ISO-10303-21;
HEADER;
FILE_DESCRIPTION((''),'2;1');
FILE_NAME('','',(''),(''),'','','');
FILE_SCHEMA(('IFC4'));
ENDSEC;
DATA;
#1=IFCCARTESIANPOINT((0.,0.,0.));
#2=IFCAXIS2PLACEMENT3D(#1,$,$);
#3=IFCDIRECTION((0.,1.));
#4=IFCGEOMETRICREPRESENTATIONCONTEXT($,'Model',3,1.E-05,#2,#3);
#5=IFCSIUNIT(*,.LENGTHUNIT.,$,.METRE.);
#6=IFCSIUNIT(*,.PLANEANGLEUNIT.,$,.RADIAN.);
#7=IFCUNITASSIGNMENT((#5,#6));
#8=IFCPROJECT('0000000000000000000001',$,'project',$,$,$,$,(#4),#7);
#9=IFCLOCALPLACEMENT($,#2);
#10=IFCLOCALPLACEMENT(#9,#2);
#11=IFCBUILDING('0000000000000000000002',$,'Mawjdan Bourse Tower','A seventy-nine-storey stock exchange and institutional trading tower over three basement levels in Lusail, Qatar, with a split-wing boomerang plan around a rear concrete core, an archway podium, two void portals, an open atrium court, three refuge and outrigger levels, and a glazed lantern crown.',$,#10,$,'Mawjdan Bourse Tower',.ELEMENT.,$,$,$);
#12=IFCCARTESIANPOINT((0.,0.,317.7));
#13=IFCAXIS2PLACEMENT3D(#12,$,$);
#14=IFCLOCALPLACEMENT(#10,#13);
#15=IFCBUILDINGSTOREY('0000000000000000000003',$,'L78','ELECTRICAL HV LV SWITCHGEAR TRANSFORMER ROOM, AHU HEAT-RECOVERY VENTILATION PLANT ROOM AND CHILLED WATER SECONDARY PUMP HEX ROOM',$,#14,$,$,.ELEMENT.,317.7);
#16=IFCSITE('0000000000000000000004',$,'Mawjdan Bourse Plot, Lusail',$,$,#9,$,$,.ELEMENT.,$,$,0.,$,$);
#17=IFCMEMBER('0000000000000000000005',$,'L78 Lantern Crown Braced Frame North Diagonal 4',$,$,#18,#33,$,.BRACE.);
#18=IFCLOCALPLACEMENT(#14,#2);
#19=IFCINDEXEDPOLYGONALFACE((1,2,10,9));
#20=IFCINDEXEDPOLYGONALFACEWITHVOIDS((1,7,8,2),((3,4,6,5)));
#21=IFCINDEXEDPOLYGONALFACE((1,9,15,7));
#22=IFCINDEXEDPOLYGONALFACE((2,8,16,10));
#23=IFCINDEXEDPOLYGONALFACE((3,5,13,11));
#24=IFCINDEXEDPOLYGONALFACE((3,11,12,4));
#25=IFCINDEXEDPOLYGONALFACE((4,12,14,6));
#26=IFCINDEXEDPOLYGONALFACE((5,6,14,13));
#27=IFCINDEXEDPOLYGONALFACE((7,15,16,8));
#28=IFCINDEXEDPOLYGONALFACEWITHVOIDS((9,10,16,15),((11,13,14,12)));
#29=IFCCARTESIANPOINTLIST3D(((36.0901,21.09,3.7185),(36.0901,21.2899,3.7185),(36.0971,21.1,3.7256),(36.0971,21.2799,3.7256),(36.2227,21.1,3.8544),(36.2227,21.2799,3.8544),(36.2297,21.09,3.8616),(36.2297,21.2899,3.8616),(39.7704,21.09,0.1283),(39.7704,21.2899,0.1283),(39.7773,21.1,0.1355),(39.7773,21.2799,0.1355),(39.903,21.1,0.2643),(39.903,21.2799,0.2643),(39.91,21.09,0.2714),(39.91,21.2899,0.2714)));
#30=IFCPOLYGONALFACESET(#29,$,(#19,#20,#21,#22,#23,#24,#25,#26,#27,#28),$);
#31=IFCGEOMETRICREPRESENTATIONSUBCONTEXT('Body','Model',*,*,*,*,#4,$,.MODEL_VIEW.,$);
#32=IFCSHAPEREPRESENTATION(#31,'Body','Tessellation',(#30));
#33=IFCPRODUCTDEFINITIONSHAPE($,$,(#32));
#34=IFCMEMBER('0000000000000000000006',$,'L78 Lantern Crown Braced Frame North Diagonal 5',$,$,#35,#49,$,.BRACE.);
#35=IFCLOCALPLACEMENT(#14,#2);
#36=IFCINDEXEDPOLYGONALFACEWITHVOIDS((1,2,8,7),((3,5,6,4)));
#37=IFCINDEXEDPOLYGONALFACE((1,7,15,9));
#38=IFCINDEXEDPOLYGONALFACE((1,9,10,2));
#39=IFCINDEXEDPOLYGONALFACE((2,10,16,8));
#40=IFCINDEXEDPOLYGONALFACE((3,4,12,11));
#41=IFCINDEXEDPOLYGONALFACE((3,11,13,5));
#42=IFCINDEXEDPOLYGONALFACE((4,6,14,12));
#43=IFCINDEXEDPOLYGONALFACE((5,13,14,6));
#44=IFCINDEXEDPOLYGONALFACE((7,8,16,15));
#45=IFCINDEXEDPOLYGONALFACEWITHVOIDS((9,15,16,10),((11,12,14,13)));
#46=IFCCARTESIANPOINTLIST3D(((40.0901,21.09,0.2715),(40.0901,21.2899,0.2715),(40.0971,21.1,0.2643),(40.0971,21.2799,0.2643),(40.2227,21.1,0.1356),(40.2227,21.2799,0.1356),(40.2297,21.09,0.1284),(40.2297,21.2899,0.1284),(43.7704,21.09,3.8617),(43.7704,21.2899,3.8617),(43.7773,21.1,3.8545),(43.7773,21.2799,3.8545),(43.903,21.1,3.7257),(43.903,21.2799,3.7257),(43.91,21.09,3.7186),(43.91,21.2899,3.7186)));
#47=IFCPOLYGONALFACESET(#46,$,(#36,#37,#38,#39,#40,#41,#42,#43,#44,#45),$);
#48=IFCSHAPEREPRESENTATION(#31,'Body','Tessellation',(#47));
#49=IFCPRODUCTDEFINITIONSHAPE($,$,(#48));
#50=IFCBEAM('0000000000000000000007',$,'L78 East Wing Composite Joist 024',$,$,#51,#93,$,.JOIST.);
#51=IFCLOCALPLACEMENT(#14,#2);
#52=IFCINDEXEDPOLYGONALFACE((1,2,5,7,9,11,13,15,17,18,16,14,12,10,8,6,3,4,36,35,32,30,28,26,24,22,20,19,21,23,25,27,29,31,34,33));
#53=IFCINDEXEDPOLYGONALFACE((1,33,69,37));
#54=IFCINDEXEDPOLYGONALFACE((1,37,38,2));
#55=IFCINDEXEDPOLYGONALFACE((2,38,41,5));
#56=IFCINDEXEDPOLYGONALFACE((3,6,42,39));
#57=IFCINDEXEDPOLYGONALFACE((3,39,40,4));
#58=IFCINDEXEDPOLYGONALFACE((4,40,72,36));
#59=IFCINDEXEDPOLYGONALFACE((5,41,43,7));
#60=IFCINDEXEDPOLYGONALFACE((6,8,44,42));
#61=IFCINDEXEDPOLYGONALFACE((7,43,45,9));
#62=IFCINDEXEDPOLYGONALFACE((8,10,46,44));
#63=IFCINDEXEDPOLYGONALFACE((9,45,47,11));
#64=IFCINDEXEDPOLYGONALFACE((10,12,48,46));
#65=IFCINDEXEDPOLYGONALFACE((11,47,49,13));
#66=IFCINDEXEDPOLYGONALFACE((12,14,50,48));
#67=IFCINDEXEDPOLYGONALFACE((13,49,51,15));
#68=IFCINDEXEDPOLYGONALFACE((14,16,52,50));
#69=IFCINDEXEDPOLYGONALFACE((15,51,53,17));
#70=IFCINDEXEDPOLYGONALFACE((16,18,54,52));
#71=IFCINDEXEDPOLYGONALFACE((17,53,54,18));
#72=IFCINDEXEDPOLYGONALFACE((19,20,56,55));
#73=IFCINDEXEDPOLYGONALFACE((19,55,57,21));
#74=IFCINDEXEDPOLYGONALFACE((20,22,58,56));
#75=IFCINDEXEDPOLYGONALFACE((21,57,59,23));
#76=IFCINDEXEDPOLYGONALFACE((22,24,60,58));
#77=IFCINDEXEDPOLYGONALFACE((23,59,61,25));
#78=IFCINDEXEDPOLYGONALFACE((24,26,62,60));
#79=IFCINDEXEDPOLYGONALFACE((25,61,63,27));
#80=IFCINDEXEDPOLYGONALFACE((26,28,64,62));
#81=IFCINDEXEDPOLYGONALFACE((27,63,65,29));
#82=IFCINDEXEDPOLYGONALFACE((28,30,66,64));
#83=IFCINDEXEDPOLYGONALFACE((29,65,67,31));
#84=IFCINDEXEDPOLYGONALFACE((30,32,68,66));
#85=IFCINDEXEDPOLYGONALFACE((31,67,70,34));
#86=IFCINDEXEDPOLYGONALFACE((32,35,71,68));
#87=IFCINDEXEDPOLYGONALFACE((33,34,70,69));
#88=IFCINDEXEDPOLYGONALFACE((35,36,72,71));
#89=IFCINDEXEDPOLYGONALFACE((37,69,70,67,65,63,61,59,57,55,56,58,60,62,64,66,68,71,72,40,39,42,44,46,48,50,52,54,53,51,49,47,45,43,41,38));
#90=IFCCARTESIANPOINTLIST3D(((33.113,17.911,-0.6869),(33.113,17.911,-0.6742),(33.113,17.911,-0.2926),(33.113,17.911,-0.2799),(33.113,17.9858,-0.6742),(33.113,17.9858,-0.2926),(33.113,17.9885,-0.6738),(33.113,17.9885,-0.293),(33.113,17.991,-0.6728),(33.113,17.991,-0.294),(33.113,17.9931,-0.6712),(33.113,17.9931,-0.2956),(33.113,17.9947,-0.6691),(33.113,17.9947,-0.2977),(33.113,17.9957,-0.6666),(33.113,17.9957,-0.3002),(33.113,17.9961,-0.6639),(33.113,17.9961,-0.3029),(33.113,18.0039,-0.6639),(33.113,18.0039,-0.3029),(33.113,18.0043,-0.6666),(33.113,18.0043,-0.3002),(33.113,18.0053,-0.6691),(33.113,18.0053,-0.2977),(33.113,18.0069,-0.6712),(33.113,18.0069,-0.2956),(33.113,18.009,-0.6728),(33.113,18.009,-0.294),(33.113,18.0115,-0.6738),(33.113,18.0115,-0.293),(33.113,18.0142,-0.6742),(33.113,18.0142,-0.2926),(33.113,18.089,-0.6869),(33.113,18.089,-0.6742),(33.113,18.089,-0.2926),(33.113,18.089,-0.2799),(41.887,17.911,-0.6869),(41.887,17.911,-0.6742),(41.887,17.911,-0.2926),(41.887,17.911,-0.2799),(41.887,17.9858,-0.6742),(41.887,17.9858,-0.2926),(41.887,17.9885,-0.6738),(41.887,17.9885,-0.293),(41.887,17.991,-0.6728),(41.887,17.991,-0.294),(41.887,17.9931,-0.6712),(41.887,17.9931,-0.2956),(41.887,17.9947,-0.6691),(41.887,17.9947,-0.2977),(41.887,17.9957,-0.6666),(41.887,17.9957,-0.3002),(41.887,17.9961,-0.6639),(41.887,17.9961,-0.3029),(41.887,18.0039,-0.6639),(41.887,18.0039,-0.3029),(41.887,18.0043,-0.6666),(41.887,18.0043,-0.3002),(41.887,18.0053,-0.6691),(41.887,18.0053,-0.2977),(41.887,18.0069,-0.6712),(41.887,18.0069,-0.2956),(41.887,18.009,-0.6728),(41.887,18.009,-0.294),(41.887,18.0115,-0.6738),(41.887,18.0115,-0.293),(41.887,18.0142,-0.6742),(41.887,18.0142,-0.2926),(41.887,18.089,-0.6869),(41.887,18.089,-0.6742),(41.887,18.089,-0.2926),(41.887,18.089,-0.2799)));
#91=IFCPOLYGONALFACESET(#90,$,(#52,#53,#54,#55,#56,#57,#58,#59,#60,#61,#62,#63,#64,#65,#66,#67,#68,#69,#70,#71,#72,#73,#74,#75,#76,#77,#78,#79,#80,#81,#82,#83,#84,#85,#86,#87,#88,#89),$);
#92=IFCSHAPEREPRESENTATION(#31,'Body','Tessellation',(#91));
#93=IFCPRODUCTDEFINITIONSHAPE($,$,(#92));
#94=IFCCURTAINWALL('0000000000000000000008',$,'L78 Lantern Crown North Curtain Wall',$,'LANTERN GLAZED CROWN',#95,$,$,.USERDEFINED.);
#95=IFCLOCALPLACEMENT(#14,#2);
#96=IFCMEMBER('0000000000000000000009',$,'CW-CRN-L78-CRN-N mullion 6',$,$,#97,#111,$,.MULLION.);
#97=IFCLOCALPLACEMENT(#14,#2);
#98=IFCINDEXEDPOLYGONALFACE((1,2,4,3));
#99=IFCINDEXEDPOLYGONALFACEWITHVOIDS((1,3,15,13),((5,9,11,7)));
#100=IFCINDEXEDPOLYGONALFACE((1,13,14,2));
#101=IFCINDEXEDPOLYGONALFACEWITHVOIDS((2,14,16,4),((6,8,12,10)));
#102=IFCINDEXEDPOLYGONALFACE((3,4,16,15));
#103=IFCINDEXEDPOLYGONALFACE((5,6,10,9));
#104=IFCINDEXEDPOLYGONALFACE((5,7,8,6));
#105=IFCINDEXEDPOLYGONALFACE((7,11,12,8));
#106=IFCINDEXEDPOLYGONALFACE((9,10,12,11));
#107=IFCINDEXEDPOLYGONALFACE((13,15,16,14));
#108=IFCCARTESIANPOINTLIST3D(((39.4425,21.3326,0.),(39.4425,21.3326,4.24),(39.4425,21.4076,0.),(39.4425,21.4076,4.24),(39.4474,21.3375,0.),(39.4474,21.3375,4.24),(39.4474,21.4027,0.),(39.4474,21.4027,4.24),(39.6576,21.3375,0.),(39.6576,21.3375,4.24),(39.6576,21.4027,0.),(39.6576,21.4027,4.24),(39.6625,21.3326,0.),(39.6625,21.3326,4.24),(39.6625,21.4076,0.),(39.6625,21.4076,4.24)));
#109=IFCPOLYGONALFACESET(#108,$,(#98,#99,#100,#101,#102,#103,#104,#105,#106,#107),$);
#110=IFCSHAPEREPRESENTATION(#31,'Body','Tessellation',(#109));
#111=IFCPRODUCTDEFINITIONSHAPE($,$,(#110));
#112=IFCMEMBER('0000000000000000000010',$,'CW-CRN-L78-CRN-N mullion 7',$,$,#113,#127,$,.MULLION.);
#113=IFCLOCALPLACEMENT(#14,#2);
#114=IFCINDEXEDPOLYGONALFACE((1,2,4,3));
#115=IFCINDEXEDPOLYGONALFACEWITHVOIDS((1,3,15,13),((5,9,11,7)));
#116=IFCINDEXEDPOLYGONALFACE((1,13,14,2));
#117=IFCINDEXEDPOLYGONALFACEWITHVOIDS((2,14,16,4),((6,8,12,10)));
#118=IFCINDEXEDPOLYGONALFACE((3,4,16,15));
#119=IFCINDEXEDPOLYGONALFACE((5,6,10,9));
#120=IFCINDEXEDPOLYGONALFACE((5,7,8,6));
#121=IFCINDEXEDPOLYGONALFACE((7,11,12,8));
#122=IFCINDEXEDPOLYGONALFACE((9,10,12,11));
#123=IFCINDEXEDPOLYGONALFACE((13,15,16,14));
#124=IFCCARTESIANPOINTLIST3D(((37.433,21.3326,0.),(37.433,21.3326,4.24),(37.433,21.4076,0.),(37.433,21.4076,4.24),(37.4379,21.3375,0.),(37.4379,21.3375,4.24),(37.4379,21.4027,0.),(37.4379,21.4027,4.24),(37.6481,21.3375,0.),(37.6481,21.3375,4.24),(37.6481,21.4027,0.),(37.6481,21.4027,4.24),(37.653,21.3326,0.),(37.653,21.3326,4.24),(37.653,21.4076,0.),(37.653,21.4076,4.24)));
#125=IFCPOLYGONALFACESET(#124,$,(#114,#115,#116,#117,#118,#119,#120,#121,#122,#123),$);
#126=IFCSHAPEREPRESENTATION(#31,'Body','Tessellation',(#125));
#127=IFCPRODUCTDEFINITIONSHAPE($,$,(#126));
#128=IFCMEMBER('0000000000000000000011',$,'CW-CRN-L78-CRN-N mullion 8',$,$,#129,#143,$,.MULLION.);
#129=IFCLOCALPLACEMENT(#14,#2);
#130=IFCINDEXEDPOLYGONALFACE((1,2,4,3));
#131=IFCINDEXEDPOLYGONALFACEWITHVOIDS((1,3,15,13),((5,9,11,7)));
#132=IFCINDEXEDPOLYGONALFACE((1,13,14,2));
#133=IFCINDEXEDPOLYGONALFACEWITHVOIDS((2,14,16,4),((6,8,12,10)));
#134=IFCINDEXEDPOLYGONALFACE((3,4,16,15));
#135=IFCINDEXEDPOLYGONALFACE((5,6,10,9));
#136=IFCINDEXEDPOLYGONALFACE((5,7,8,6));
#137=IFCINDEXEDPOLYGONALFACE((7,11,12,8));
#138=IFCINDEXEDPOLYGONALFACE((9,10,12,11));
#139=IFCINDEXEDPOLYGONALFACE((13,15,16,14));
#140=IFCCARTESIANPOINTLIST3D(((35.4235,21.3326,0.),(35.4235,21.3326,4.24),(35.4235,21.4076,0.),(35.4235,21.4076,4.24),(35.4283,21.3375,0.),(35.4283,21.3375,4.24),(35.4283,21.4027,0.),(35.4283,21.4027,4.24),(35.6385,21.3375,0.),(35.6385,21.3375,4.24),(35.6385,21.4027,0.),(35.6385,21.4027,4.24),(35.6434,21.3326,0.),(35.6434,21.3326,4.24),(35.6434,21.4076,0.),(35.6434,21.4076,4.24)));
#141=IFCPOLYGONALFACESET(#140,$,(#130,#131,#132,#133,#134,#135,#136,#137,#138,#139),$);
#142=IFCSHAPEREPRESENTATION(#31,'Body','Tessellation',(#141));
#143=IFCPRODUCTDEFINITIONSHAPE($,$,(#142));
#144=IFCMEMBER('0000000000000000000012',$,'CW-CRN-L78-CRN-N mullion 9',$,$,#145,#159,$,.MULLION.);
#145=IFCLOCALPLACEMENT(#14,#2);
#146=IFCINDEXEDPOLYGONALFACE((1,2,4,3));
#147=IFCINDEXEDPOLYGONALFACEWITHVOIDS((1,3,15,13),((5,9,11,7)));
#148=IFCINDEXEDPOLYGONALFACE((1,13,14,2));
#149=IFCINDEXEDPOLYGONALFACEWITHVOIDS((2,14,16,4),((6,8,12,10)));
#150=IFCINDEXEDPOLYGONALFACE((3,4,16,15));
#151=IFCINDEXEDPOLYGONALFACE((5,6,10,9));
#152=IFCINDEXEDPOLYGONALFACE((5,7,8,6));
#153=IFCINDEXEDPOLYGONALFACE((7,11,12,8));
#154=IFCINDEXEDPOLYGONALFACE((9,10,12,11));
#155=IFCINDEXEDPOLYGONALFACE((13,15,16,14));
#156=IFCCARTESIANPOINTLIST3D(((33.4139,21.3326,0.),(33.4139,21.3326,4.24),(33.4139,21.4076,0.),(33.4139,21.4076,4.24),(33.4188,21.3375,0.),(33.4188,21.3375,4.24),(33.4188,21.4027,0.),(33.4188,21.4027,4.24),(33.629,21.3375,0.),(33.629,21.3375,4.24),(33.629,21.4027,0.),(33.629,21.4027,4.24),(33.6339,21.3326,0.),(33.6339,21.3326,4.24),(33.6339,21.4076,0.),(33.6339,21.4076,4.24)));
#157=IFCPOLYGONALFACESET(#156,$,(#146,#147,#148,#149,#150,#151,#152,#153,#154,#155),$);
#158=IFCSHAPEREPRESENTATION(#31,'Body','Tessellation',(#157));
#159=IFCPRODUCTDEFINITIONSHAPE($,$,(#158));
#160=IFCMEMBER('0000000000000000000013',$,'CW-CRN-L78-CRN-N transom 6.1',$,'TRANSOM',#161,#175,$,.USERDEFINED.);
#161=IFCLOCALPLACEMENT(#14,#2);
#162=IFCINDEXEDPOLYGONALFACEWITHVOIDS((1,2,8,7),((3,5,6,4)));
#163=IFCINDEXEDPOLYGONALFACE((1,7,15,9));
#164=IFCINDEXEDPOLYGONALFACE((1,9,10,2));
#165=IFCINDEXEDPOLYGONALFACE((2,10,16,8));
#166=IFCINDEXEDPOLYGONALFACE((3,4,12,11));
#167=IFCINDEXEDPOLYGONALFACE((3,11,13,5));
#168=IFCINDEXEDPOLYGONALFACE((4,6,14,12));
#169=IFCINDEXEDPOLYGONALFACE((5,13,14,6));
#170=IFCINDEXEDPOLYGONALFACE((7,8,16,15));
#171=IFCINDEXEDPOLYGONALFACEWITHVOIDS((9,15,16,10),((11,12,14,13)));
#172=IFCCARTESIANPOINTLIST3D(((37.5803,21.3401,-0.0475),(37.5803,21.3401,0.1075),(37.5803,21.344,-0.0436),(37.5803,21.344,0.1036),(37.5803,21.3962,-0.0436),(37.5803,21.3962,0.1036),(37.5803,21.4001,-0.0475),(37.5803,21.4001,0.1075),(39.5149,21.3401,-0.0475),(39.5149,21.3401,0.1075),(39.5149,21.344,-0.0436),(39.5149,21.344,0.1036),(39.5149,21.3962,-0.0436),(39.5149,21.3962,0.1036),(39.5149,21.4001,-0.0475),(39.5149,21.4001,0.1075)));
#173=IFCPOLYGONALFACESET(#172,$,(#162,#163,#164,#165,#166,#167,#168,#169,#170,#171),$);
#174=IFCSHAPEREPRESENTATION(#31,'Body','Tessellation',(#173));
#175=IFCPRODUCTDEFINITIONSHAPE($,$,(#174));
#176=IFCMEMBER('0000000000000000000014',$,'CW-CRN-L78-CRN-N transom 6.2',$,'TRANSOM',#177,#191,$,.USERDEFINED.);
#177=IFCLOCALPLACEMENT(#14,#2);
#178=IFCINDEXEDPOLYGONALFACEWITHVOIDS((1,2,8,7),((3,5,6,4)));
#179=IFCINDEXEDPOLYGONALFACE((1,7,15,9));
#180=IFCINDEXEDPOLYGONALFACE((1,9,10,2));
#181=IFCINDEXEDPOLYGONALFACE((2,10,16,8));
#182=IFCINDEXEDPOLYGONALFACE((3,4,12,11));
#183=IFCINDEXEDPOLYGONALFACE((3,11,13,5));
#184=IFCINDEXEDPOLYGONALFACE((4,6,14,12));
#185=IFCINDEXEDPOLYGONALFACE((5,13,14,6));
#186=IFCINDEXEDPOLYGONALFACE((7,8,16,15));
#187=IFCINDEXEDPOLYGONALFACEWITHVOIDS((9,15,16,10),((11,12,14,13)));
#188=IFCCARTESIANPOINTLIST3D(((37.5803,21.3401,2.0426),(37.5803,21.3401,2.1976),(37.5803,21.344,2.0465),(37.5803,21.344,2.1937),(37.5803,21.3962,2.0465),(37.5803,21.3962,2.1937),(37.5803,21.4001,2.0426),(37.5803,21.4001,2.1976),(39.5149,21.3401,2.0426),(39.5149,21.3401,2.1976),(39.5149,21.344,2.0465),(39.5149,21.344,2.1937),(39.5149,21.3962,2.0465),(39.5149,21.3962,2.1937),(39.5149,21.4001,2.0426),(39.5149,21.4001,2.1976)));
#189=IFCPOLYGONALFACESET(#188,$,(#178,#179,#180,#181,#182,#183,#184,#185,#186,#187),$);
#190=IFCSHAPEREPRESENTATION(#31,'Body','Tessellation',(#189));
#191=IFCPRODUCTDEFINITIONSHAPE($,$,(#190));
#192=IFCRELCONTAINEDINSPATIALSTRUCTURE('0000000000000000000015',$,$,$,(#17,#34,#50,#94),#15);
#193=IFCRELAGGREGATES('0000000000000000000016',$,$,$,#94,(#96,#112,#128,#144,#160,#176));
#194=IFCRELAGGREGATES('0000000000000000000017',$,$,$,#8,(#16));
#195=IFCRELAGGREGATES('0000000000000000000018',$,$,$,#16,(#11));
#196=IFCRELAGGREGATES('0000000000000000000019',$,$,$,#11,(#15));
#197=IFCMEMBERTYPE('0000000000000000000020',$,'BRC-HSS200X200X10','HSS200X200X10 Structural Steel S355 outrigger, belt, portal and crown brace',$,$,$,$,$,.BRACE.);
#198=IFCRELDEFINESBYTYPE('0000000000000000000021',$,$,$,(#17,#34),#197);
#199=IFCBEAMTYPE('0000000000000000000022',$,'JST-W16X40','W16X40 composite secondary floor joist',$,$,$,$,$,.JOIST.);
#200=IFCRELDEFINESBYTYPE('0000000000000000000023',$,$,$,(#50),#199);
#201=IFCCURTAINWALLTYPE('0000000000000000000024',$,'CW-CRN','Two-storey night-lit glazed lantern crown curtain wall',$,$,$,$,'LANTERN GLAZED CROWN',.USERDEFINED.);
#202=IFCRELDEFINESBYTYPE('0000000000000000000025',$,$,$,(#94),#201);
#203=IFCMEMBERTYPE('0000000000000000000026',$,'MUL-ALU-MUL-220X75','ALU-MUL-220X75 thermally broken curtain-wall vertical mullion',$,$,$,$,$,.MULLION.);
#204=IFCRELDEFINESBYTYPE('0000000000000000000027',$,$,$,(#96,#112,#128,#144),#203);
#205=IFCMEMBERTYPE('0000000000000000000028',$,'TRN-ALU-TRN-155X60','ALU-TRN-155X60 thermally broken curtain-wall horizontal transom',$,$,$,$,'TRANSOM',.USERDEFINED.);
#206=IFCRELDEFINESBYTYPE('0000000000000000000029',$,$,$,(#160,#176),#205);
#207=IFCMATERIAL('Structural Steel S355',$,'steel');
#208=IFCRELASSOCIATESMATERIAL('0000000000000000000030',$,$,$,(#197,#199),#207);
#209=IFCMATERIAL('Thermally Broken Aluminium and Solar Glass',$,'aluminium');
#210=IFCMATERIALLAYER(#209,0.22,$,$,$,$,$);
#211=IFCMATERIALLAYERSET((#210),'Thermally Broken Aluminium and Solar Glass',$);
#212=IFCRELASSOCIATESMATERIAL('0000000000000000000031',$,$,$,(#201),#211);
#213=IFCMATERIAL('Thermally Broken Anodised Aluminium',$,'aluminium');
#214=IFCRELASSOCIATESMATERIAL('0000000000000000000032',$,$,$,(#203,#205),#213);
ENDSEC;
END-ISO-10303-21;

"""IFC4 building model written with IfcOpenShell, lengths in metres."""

from ifc_helpers import new_model, si_unit, direction, frame, origin, origin_2d, place, context, subcontext, project, spatial, hollow_rectangle, i_section, extrude, material, layer, layer_set, material_profile, profile_set, type_object, element, aggregate, save


model = new_model("IFC4")

# Units and contexts
model_context = context("Model", 3, precision=1e-05, world=origin(), true_north=direction((0.0, 1.0)))
body_context = subcontext(model_context, "Body", "Model", "MODEL_VIEW")
ifc_project = project(units=[si_unit("LENGTHUNIT", "METRE"), si_unit("PLANEANGLEUNIT", "RADIAN")], contexts=[model_context])

# Site, building, storey
site_placement = place(None, origin())
site = spatial("IfcSite", under=ifc_project, at=site_placement, Name="Mawjdan Bourse Plot, Lusail", CompositionType="ELEMENT", RefElevation=0.0)
building_placement = place(site_placement, origin())
building = spatial("IfcBuilding", under=site, at=building_placement, Name="Mawjdan Bourse Tower", Description="A seventy-nine-storey stock exchange and institutional trading tower over three basement levels in Lusail, Qatar, with a split-wing boomerang plan around a rear concrete core, an archway podium, two void portals, an open atrium court, three refuge and outrigger levels, and a glazed lantern crown.", LongName="Mawjdan Bourse Tower", CompositionType="ELEMENT")
storey_placement = place(building_placement, frame((0.0, 0.0, 317.7)))
storey = spatial("IfcBuildingStorey", under=building, at=storey_placement, Name="L78", Description="ELECTRICAL HV LV SWITCHGEAR TRANSFORMER ROOM, AHU HEAT-RECOVERY VENTILATION PLANT ROOM AND CHILLED WATER SECONDARY PUMP HEX ROOM", CompositionType="ELEMENT", Elevation=317.7)

# Members
ifc_material_1 = material(Name="Structural Steel S355", Category="steel")
ifc_material_profile_1 = material_profile(ifc_material_1, hollow_rectangle(XDim=0.2, YDim=0.2, WallThickness=0.01, at=origin_2d()), Name="HSS200X200X10")
ifc_profile_set_1 = profile_set([ifc_material_profile_1], Name="Structural Steel S355")
member_type_1 = type_object("IfcMemberType", Name="BRC-HSS200X200X10", Description="HSS200X200X10 Structural Steel S355 outrigger, belt, portal and crown brace", PredefinedType="BRACE", material=ifc_profile_set_1)
for number, where, z_axis, x_axis, name in (
    (1, (36.1599, 21.1899, 3.79), (0.715814, 0.0, -0.698291), (0.0, 1.0, 0.0), "L78 Lantern Crown Braced Frame North Diagonal 4"),
    (2, (40.1599, 21.1899, 0.2), (0.715814, 0.0, 0.698291), (0.0, 1.0, 0.0), "L78 Lantern Crown Braced Frame North Diagonal 5"),
):
    element("IfcMember", number, at=place(storey_placement, frame(where, z_axis=z_axis, x_axis=x_axis)), inside=storey, type_object=member_type_1, Name=name, PredefinedType="BRACE", context=body_context, shape_type="SweptSolid", body=[
        extrude(hollow_rectangle(XDim=0.2, YDim=0.2, WallThickness=0.01, at=origin_2d()), origin(), (0.0, 0.0, 1.0), 5.1414),
    ])

# Beam
ifc_material_profile_2 = material_profile(ifc_material_1, i_section(OverallWidth=0.178, OverallDepth=0.407, WebThickness=0.0078, FlangeThickness=0.0127, FilletRadius=0.0103, at=origin_2d()), Name="W16X40")
ifc_profile_set_2 = profile_set([ifc_material_profile_2], Name="Structural Steel S355")
beam_type = type_object("IfcBeamType", Name="JST-W16X40", Description="W16X40 composite secondary floor joist", PredefinedType="JOIST", material=ifc_profile_set_2)
beam_placement = place(storey_placement, frame((33.113, 18.0, -0.4834), z_axis=(1.0, 0.0, 0.0), x_axis=(0.0, 1.0, 0.0)))
element("IfcBeam", 3, at=beam_placement, inside=storey, type_object=beam_type, Name="L78 East Wing Composite Joist 024", PredefinedType="JOIST", context=body_context, shape_type="SweptSolid", body=[
    extrude(i_section(OverallWidth=0.178, OverallDepth=0.407, WebThickness=0.0078, FlangeThickness=0.0127, FilletRadius=0.0103, at=origin_2d()), origin(), (0.0, 0.0, 1.0), 8.7739),
])

# Curtain wall, members
ifc_material_2 = material(Name="Thermally Broken Aluminium and Solar Glass", Category="aluminium")
ifc_layer_1 = layer(ifc_material_2, 0.22)
ifc_layer_set_1 = layer_set([ifc_layer_1], Name="Thermally Broken Aluminium and Solar Glass")
curtain_wall_type = type_object("IfcCurtainWallType", Name="CW-CRN", Description="Two-storey night-lit glazed lantern crown curtain wall", ElementType="LANTERN GLAZED CROWN", PredefinedType="USERDEFINED", material=ifc_layer_set_1)
curtain_wall_placement = place(storey_placement, origin())
curtain_wall = element("IfcCurtainWall", 4, at=curtain_wall_placement, inside=storey, type_object=curtain_wall_type, Name="L78 Lantern Crown North Curtain Wall", ObjectType="LANTERN GLAZED CROWN", PredefinedType="USERDEFINED")
ifc_material_3 = material(Name="Thermally Broken Anodised Aluminium", Category="aluminium")
ifc_material_profile_3 = material_profile(ifc_material_3, hollow_rectangle(XDim=0.075, YDim=0.22, WallThickness=0.0049, at=origin_2d()), Name="ALU-MUL-220X75")
ifc_profile_set_3 = profile_set([ifc_material_profile_3], Name="Thermally Broken Anodised Aluminium")
member_type_2 = type_object("IfcMemberType", Name="MUL-ALU-MUL-220X75", Description="ALU-MUL-220X75 thermally broken curtain-wall vertical mullion", PredefinedType="MULLION", material=ifc_profile_set_3)
member_1_placement = place(storey_placement, frame((39.5525, 21.3701, 0.0), z_axis=(0.0, 0.0, 1.0), x_axis=(0.0, -1.0, 0.0)))
member_1 = element("IfcMember", 5, at=member_1_placement, type_object=member_type_2, Name="CW-CRN-L78-CRN-N mullion 6", PredefinedType="MULLION", context=body_context, shape_type="SweptSolid", body=[
    extrude(hollow_rectangle(XDim=0.075, YDim=0.22, WallThickness=0.0049, at=origin_2d()), origin(), (0.0, 0.0, 1.0), 4.24),
])
member_2_placement = place(storey_placement, frame((37.543, 21.3701, 0.0), z_axis=(0.0, 0.0, 1.0), x_axis=(0.0, -1.0, 0.0)))
member_2 = element("IfcMember", 6, at=member_2_placement, type_object=member_type_2, Name="CW-CRN-L78-CRN-N mullion 7", PredefinedType="MULLION", context=body_context, shape_type="SweptSolid", body=[
    extrude(hollow_rectangle(XDim=0.075, YDim=0.22, WallThickness=0.0049, at=origin_2d()), origin(), (0.0, 0.0, 1.0), 4.24),
])
member_3_placement = place(storey_placement, frame((35.5334, 21.3701, 0.0), z_axis=(0.0, 0.0, 1.0), x_axis=(0.0, -1.0, 0.0)))
member_3 = element("IfcMember", 7, at=member_3_placement, type_object=member_type_2, Name="CW-CRN-L78-CRN-N mullion 8", PredefinedType="MULLION", context=body_context, shape_type="SweptSolid", body=[
    extrude(hollow_rectangle(XDim=0.075, YDim=0.22, WallThickness=0.0049, at=origin_2d()), origin(), (0.0, 0.0, 1.0), 4.24),
])
member_4_placement = place(storey_placement, frame((33.5239, 21.3701, 0.0), z_axis=(0.0, 0.0, 1.0), x_axis=(0.0, -1.0, 0.0)))
member_4 = element("IfcMember", 8, at=member_4_placement, type_object=member_type_2, Name="CW-CRN-L78-CRN-N mullion 9", PredefinedType="MULLION", context=body_context, shape_type="SweptSolid", body=[
    extrude(hollow_rectangle(XDim=0.075, YDim=0.22, WallThickness=0.0049, at=origin_2d()), origin(), (0.0, 0.0, 1.0), 4.24),
])
ifc_material_profile_4 = material_profile(ifc_material_3, hollow_rectangle(XDim=0.0601, YDim=0.155, WallThickness=0.0039, at=origin_2d()), Name="ALU-TRN-155X60")
ifc_profile_set_4 = profile_set([ifc_material_profile_4], Name="Thermally Broken Anodised Aluminium")
member_type_3 = type_object("IfcMemberType", Name="TRN-ALU-TRN-155X60", Description="ALU-TRN-155X60 thermally broken curtain-wall horizontal transom", ElementType="TRANSOM", PredefinedType="USERDEFINED", material=ifc_profile_set_4)
member_5_placement = place(storey_placement, frame((39.5149, 21.3701, 0.03), z_axis=(-1.0, 0.0, 0.0), x_axis=(0.0, -1.0, 0.0)))
member_5 = element("IfcMember", 9, at=member_5_placement, type_object=member_type_3, Name="CW-CRN-L78-CRN-N transom 6.1", ObjectType="TRANSOM", PredefinedType="USERDEFINED", context=body_context, shape_type="SweptSolid", body=[
    extrude(hollow_rectangle(XDim=0.0601, YDim=0.155, WallThickness=0.0039, at=origin_2d()), origin(), (0.0, 0.0, 1.0), 1.9346),
])
member_6_placement = place(storey_placement, frame((39.5149, 21.3701, 2.1201), z_axis=(-1.0, 0.0, 0.0), x_axis=(0.0, -1.0, 0.0)))
member_6 = element("IfcMember", 10, at=member_6_placement, type_object=member_type_3, Name="CW-CRN-L78-CRN-N transom 6.2", ObjectType="TRANSOM", PredefinedType="USERDEFINED", context=body_context, shape_type="SweptSolid", body=[
    extrude(hollow_rectangle(XDim=0.0601, YDim=0.155, WallThickness=0.0039, at=origin_2d()), origin(), (0.0, 0.0, 1.0), 1.9346),
])
aggregate(curtain_wall, [member_1, member_2, member_3, member_4, member_5, member_6])

save(model, "model.ifc")
